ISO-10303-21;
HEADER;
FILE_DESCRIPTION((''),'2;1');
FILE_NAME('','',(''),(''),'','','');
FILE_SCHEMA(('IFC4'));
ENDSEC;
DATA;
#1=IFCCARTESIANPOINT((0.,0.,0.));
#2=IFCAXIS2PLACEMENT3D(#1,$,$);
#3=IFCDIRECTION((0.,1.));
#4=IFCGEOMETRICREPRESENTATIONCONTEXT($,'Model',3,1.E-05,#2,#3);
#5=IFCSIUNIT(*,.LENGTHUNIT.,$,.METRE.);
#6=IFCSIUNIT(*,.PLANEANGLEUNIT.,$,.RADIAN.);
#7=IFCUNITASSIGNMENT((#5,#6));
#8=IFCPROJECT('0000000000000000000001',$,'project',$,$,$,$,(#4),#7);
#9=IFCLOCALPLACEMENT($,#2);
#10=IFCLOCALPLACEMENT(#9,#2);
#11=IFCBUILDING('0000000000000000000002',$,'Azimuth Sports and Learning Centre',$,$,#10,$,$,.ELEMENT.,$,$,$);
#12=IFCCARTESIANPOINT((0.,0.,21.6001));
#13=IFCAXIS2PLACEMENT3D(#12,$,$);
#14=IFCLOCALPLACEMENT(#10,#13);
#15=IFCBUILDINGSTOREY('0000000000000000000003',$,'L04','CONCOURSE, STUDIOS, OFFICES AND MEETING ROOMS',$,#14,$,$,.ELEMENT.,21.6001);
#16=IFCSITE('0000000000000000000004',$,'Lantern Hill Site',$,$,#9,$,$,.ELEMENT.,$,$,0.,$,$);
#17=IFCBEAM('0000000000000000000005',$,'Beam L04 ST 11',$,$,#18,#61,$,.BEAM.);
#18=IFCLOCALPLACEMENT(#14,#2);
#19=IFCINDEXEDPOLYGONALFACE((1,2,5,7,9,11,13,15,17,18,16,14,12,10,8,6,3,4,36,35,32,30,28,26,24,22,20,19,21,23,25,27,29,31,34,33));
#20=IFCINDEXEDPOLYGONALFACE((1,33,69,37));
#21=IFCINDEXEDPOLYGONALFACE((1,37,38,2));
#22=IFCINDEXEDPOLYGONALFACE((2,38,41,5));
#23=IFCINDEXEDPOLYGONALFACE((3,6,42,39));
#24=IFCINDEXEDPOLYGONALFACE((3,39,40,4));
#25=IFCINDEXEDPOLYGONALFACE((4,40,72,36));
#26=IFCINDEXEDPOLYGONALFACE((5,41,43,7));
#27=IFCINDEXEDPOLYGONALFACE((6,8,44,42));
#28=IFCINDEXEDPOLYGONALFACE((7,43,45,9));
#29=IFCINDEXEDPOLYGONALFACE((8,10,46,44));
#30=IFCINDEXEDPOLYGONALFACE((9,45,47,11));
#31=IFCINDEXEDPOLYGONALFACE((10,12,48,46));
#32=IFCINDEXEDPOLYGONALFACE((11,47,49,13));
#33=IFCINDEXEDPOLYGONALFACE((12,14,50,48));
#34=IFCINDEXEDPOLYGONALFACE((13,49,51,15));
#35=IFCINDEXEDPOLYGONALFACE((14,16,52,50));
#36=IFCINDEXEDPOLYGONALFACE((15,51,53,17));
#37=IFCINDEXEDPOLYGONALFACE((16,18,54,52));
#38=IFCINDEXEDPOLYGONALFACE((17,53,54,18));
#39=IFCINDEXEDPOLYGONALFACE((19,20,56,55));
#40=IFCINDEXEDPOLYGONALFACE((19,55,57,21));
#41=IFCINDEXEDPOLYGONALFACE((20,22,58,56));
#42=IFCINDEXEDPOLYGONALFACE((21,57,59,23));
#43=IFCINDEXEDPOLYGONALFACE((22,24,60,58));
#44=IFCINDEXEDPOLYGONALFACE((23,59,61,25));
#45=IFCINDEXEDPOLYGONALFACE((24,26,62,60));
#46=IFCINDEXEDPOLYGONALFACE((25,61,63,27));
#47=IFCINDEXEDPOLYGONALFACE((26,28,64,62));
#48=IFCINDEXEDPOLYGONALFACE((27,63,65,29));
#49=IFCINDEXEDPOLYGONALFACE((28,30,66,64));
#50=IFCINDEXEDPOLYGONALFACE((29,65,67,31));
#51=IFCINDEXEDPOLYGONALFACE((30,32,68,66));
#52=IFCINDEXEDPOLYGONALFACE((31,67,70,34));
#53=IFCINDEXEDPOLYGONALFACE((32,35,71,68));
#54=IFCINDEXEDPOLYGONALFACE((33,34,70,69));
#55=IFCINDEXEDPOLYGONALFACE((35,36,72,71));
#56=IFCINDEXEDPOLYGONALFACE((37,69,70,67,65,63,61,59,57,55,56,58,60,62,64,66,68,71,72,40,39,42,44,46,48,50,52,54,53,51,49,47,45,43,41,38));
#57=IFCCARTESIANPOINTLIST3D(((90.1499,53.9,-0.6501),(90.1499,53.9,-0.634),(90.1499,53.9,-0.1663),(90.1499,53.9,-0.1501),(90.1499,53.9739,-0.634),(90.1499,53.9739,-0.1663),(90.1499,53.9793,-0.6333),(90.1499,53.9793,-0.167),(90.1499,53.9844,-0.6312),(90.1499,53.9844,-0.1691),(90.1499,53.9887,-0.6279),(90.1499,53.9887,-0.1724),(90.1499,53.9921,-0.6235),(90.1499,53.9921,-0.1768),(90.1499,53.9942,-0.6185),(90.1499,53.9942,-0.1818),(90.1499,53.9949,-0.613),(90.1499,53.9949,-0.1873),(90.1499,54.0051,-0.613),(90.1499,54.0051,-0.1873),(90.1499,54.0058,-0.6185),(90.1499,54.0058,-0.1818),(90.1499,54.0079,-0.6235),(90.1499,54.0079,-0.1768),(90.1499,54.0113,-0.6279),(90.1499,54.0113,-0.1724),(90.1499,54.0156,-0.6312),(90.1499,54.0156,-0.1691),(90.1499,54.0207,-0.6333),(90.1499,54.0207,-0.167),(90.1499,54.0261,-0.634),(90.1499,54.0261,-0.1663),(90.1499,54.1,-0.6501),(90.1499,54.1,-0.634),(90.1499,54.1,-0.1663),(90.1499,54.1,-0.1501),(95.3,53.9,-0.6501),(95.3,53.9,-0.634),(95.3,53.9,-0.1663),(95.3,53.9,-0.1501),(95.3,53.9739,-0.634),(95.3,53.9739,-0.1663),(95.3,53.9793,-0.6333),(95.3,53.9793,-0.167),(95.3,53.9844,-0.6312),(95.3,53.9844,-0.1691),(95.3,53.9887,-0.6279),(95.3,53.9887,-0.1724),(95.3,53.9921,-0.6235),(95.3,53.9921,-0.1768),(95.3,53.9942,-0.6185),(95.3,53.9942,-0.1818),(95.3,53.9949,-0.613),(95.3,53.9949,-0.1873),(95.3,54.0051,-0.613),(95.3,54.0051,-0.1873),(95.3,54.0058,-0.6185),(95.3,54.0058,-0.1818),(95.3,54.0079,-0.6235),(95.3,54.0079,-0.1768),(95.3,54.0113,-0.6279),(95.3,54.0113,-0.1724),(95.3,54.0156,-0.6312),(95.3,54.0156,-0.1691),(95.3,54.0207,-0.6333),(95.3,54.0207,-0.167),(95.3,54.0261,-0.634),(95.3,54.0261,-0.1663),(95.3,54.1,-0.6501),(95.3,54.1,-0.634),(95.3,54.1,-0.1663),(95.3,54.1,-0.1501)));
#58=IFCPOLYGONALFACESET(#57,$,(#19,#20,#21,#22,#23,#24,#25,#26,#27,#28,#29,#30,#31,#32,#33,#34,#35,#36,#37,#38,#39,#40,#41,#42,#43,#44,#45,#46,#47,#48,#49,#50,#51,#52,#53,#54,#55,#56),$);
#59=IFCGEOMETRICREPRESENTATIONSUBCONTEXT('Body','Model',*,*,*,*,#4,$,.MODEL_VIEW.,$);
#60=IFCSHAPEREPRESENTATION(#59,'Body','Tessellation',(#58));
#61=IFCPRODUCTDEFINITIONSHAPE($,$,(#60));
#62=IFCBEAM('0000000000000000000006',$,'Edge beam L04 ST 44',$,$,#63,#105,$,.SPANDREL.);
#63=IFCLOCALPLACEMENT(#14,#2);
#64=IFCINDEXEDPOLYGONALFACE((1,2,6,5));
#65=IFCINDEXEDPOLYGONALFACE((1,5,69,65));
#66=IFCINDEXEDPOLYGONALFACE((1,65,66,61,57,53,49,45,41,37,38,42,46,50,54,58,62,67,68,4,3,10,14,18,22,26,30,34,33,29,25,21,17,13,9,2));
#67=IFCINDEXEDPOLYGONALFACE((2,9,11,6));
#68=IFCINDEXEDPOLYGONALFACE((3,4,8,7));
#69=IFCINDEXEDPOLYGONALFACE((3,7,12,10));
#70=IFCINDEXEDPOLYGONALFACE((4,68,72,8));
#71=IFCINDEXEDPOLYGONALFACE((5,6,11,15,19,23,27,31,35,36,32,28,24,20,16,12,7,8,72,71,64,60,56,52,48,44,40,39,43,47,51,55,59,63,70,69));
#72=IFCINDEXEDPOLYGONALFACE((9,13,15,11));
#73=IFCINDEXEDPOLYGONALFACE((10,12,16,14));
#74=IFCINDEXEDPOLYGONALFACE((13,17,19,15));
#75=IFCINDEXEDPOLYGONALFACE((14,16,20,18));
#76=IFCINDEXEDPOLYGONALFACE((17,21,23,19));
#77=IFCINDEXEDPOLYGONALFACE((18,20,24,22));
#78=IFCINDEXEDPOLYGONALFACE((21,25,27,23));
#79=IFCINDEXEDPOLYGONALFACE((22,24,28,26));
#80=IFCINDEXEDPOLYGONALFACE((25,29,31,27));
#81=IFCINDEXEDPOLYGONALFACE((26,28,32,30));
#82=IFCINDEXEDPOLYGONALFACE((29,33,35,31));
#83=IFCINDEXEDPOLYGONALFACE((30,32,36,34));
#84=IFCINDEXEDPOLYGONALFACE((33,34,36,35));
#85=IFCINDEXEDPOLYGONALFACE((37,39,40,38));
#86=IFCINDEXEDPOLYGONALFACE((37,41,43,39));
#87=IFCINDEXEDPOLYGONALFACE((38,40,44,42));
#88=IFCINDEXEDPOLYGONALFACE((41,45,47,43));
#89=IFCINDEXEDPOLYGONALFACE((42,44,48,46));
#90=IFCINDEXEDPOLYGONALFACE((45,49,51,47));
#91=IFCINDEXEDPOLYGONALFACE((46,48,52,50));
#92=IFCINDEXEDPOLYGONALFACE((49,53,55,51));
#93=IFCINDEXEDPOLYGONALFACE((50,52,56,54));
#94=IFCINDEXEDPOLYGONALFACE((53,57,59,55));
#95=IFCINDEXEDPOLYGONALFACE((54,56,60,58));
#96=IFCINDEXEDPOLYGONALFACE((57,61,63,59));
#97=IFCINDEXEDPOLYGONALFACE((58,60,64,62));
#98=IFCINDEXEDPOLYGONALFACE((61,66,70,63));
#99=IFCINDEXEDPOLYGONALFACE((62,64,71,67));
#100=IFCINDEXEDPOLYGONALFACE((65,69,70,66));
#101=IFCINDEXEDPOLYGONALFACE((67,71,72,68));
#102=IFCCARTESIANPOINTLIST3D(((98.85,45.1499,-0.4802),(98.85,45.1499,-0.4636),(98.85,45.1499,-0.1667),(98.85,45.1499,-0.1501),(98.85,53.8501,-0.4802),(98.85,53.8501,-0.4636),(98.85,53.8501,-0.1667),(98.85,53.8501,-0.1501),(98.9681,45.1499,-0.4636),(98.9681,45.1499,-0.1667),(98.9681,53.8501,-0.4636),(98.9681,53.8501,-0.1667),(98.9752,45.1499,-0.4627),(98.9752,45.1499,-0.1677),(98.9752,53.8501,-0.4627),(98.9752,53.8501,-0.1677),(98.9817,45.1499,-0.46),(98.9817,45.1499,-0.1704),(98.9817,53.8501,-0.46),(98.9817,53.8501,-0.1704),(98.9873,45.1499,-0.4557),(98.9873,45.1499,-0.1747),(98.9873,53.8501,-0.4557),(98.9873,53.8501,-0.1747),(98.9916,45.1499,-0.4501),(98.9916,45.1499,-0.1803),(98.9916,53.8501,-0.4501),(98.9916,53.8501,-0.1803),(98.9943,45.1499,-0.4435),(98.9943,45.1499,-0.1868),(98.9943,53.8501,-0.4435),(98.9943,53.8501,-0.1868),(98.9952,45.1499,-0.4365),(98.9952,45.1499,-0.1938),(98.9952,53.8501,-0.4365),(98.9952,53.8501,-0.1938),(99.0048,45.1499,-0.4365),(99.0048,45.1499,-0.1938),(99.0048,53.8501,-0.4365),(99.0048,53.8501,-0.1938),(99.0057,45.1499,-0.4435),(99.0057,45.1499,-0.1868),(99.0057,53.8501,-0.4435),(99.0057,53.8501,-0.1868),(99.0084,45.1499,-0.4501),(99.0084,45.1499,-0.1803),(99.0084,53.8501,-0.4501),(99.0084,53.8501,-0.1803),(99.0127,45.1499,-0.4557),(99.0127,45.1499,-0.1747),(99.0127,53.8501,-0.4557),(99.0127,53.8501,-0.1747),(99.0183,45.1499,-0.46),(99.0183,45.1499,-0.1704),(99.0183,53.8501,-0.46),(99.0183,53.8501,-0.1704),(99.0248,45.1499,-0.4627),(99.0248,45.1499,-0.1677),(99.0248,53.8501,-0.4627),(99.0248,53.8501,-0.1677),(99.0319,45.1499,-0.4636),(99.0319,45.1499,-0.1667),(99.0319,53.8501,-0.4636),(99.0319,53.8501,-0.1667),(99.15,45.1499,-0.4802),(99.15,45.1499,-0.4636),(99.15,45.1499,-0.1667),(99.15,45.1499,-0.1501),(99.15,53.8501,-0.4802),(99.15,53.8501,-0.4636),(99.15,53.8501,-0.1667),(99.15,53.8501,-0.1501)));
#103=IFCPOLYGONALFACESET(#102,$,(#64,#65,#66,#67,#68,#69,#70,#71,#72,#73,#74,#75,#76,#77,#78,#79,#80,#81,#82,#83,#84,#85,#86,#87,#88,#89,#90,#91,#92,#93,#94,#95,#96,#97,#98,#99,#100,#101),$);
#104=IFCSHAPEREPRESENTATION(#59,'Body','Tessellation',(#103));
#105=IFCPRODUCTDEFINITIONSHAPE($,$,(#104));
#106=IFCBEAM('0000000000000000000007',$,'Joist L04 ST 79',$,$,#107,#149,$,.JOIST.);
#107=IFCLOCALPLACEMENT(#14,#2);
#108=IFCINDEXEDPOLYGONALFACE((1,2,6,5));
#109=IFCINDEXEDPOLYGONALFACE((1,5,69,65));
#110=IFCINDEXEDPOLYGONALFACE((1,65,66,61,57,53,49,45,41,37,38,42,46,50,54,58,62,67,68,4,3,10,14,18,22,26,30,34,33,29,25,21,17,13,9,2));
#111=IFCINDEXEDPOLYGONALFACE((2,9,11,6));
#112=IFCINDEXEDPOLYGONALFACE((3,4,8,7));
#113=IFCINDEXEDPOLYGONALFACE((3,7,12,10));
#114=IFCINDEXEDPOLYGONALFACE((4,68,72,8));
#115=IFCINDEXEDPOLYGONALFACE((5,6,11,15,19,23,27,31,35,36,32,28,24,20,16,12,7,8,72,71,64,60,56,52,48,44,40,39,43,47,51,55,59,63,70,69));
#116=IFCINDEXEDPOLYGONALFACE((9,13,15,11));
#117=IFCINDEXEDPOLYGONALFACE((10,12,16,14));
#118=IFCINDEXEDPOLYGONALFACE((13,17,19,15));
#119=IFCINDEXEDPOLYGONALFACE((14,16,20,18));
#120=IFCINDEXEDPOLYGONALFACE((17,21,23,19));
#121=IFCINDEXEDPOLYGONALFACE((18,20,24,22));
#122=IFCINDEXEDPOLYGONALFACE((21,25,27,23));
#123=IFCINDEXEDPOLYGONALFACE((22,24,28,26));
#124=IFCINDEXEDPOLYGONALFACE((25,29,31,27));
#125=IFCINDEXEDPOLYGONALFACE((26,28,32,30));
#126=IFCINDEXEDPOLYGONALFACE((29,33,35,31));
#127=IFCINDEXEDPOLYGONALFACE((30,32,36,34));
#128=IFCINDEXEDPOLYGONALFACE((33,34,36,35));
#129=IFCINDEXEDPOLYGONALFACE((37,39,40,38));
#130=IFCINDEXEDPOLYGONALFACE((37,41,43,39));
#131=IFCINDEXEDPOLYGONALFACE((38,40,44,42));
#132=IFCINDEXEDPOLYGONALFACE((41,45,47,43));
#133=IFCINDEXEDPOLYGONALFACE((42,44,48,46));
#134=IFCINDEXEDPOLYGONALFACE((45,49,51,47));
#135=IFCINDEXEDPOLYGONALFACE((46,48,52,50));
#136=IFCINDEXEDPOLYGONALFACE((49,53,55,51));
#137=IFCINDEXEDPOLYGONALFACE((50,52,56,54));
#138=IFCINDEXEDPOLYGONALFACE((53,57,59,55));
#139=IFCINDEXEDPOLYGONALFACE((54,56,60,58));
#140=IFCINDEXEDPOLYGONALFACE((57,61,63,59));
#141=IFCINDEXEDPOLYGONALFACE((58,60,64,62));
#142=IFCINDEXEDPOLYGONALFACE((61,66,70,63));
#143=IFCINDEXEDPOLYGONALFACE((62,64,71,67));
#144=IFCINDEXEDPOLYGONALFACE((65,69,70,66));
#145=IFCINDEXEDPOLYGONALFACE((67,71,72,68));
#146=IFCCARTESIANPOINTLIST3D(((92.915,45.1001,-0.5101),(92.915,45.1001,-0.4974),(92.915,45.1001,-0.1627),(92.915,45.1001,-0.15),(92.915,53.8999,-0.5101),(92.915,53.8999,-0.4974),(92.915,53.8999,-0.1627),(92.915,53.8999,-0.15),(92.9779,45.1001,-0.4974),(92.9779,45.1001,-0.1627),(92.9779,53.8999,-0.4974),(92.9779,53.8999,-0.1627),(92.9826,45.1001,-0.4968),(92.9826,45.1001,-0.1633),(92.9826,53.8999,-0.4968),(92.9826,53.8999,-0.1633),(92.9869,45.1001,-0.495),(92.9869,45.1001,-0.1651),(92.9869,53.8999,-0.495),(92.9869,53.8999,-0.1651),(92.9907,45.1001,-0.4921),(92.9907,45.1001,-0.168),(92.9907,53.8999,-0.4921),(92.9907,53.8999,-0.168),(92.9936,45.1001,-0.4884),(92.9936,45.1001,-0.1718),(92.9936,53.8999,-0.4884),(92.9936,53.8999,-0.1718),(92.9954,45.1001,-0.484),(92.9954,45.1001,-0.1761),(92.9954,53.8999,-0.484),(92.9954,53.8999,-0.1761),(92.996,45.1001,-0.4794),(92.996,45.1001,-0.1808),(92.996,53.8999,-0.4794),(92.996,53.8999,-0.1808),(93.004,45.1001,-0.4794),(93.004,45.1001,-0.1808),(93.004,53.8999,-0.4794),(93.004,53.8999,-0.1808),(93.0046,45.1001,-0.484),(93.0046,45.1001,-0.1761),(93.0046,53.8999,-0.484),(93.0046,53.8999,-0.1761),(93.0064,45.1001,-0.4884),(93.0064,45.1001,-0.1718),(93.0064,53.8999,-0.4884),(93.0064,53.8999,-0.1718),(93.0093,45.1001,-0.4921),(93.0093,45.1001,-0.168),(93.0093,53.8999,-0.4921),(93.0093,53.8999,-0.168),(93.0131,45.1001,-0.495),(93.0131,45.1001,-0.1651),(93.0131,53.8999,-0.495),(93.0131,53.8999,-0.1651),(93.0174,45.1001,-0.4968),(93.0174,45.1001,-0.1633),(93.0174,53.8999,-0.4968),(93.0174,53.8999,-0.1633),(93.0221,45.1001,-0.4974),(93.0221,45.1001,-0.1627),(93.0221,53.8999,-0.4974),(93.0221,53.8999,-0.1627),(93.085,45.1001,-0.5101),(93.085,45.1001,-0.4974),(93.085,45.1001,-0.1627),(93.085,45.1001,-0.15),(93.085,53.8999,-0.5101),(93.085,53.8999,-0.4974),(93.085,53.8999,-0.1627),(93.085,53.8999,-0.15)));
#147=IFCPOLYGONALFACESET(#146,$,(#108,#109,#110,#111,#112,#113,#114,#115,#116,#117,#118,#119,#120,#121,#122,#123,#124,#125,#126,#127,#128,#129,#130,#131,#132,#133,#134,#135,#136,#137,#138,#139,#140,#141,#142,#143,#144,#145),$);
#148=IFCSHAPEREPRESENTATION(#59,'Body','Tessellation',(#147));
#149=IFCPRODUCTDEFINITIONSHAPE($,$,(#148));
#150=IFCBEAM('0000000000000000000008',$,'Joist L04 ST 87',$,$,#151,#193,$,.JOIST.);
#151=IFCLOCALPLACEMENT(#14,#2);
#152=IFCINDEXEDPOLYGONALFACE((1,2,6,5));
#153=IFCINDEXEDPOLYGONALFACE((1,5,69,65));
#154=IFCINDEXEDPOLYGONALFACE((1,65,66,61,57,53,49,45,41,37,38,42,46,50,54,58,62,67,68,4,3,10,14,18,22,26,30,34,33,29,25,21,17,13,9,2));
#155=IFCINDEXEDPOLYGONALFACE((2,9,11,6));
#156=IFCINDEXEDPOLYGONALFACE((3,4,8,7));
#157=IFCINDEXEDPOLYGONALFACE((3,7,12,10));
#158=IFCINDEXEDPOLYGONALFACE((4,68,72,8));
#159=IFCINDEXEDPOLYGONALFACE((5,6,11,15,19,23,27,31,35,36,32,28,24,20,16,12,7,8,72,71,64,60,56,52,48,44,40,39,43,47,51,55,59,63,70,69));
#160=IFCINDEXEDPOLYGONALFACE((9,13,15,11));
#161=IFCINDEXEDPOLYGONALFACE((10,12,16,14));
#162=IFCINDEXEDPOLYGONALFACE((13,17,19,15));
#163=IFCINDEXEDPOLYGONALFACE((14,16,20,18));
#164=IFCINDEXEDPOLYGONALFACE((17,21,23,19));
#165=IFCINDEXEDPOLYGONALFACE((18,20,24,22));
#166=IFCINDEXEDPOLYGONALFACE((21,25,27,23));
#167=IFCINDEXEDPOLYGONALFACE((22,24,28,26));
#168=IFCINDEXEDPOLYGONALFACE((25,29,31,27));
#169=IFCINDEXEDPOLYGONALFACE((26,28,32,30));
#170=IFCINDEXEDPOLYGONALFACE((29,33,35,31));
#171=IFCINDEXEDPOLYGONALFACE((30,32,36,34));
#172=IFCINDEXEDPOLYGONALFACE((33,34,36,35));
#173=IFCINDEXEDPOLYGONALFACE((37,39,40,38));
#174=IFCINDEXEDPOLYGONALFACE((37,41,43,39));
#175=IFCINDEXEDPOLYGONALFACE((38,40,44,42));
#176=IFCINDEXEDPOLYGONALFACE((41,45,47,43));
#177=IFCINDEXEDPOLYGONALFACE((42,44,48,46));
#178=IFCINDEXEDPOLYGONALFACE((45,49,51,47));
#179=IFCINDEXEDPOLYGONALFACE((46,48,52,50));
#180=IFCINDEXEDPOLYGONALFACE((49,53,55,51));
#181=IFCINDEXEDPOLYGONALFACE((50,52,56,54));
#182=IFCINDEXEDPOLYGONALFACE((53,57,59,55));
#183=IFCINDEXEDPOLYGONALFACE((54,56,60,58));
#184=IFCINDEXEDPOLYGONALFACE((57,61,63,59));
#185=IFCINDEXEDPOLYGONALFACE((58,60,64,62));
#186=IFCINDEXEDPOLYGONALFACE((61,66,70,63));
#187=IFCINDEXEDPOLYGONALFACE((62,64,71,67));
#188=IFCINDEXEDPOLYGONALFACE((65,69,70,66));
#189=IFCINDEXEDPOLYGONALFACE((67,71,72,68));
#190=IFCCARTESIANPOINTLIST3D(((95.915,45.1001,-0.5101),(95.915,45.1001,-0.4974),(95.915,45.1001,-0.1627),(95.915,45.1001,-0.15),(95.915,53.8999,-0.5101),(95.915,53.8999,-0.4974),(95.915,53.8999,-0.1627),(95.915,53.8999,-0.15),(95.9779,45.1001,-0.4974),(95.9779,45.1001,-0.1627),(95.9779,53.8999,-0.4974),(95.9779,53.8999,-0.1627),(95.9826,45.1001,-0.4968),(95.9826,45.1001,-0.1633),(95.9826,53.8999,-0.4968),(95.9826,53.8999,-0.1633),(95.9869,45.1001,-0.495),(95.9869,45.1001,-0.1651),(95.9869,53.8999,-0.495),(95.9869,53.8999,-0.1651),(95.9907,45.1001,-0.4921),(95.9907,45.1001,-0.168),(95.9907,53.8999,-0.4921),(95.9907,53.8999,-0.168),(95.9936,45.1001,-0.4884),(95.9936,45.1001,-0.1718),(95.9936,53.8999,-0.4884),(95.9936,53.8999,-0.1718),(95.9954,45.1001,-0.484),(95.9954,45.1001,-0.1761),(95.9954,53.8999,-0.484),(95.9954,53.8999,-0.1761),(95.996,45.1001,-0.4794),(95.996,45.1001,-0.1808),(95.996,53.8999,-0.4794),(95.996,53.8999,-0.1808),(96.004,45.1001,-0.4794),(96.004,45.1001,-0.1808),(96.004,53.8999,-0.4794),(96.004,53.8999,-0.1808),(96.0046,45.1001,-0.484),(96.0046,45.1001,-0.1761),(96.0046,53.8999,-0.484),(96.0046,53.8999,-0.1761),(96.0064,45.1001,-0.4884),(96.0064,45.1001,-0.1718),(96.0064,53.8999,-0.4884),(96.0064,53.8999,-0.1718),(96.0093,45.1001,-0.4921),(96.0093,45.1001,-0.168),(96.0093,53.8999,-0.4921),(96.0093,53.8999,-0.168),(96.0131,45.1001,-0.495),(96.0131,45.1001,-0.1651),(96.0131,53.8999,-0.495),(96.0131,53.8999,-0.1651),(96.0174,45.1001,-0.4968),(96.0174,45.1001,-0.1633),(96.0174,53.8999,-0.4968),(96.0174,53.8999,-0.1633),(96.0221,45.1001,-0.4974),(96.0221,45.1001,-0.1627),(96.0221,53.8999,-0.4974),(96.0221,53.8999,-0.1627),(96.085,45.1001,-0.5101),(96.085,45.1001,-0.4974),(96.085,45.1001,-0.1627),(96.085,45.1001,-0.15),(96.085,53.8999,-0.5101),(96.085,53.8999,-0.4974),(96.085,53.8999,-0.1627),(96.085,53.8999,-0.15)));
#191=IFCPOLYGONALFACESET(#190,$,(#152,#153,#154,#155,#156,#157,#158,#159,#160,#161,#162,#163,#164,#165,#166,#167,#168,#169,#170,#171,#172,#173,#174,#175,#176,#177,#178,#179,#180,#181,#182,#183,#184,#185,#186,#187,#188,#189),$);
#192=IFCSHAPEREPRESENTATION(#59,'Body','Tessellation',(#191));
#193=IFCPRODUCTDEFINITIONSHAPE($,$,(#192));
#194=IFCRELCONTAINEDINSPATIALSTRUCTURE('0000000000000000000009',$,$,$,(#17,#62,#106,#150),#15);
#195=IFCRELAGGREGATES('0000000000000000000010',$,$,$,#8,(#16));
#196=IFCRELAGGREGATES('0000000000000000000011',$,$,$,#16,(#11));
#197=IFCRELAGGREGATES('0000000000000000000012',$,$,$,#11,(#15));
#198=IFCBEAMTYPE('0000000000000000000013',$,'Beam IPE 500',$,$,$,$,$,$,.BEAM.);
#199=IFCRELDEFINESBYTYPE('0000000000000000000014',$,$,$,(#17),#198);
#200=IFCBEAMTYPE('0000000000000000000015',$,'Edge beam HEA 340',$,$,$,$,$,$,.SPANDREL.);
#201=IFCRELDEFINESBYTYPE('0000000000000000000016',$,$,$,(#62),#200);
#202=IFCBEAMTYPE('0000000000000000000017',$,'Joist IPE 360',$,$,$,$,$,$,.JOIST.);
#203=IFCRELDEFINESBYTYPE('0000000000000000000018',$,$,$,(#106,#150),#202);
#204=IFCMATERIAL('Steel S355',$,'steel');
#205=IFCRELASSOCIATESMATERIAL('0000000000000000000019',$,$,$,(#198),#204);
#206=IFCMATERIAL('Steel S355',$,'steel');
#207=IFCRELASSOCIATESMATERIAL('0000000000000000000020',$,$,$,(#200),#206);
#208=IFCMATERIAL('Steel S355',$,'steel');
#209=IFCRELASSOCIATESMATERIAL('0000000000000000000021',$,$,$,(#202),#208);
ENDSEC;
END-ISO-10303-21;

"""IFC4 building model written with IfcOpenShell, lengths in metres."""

from ifc_helpers import new_model, si_unit, direction, frame, origin, origin_2d, place, context, subcontext, project, spatial, i_section, extrude, material, material_profile, profile_set, type_object, element, save


model = new_model("IFC4")

# Units and contexts
model_context = context("Model", 3, precision=1e-05, world=origin(), true_north=direction((0.0, 1.0)))
body_context = subcontext(model_context, "Body", "Model", "MODEL_VIEW")
ifc_project = project(units=[si_unit("LENGTHUNIT", "METRE"), si_unit("PLANEANGLEUNIT", "RADIAN")], contexts=[model_context])

# Site, building, storey
site_placement = place(None, origin())
site = spatial("IfcSite", under=ifc_project, at=site_placement, Name="Lantern Hill Site", CompositionType="ELEMENT", RefElevation=0.0)
building_placement = place(site_placement, origin())
building = spatial("IfcBuilding", under=site, at=building_placement, Name="Azimuth Sports and Learning Centre", CompositionType="ELEMENT")
storey_placement = place(building_placement, frame((0.0, 0.0, 21.6001)))
storey = spatial("IfcBuildingStorey", under=building, at=storey_placement, Name="L04", Description="CONCOURSE, STUDIOS, OFFICES AND MEETING ROOMS", CompositionType="ELEMENT", Elevation=21.6001)

# Beams
ifc_material_1 = material(Name="Steel S355", Category="steel")
ifc_material_profile_1 = material_profile(ifc_material_1, i_section(OverallWidth=0.2, OverallDepth=0.5, WebThickness=0.0103, FlangeThickness=0.0161, FilletRadius=0.021, at=origin_2d()), Name="IPE 500")
ifc_profile_set_1 = profile_set([ifc_material_profile_1], Name="Steel S355")
beam_type_1 = type_object("IfcBeamType", Name="Beam IPE 500", PredefinedType="BEAM", material=ifc_profile_set_1)
beam_1_placement = place(storey_placement, frame((90.1499, 54.0, -0.4001), z_axis=(1.0, 0.0, 0.0), x_axis=(0.0, 1.0, 0.0)))
element("IfcBeam", 1, at=beam_1_placement, inside=storey, type_object=beam_type_1, Name="Beam L04 ST 11", PredefinedType="BEAM", context=body_context, shape_type="SweptSolid", body=[
    extrude(i_section(OverallWidth=0.2, OverallDepth=0.5, WebThickness=0.0103, FlangeThickness=0.0161, FilletRadius=0.021, at=origin_2d()), origin(), (0.0, 0.0, 1.0), 5.1501),
])
ifc_material_2 = material(Name="Steel S355", Category="steel")
ifc_material_profile_2 = material_profile(ifc_material_2, i_section(OverallWidth=0.3, OverallDepth=0.3301, WebThickness=0.0095, FlangeThickness=0.0166, FilletRadius=0.0271, at=origin_2d()), Name="HEA 340")
ifc_profile_set_2 = profile_set([ifc_material_profile_2], Name="Steel S355")
beam_type_2 = type_object("IfcBeamType", Name="Edge beam HEA 340", PredefinedType="SPANDREL", material=ifc_profile_set_2)
beam_2_placement = place(storey_placement, frame((99.0, 45.1499, -0.3152), z_axis=(0.0, 1.0, 0.0), x_axis=(-1.0, 0.0, 0.0)))
element("IfcBeam", 2, at=beam_2_placement, inside=storey, type_object=beam_type_2, Name="Edge beam L04 ST 44", PredefinedType="SPANDREL", context=body_context, shape_type="SweptSolid", body=[
    extrude(i_section(OverallWidth=0.3, OverallDepth=0.3301, WebThickness=0.0095, FlangeThickness=0.0166, FilletRadius=0.0271, at=origin_2d()), origin(), (0.0, 0.0, 1.0), 8.7002),
])
ifc_material_3 = material(Name="Steel S355", Category="steel")
ifc_material_profile_3 = material_profile(ifc_material_3, i_section(OverallWidth=0.1699, OverallDepth=0.3601, WebThickness=0.0081, FlangeThickness=0.0127, FilletRadius=0.0181, at=origin_2d()), Name="IPE 360")
ifc_profile_set_3 = profile_set([ifc_material_profile_3], Name="Steel S355")
beam_type_3 = type_object("IfcBeamType", Name="Joist IPE 360", PredefinedType="JOIST", material=ifc_profile_set_3)
for number, where, z_axis, x_axis, name in (
    (3, (93.0, 45.1001, -0.3301), (0.0, 1.0, 0.0), (-1.0, 0.0, 0.0), "Joist L04 ST 79"),
    (4, (96.0, 45.1001, -0.3301), (0.0, 1.0, 0.0), (-1.0, 0.0, 0.0), "Joist L04 ST 87"),
):
    element("IfcBeam", number, at=place(storey_placement, frame(where, z_axis=z_axis, x_axis=x_axis)), inside=storey, type_object=beam_type_3, Name=name, PredefinedType="JOIST", context=body_context, shape_type="SweptSolid", body=[
        extrude(i_section(OverallWidth=0.1699, OverallDepth=0.3601, WebThickness=0.0081, FlangeThickness=0.0127, FilletRadius=0.0181, at=origin_2d()), origin(), (0.0, 0.0, 1.0), 8.7998),
    ])

save(model, "model.ifc")
